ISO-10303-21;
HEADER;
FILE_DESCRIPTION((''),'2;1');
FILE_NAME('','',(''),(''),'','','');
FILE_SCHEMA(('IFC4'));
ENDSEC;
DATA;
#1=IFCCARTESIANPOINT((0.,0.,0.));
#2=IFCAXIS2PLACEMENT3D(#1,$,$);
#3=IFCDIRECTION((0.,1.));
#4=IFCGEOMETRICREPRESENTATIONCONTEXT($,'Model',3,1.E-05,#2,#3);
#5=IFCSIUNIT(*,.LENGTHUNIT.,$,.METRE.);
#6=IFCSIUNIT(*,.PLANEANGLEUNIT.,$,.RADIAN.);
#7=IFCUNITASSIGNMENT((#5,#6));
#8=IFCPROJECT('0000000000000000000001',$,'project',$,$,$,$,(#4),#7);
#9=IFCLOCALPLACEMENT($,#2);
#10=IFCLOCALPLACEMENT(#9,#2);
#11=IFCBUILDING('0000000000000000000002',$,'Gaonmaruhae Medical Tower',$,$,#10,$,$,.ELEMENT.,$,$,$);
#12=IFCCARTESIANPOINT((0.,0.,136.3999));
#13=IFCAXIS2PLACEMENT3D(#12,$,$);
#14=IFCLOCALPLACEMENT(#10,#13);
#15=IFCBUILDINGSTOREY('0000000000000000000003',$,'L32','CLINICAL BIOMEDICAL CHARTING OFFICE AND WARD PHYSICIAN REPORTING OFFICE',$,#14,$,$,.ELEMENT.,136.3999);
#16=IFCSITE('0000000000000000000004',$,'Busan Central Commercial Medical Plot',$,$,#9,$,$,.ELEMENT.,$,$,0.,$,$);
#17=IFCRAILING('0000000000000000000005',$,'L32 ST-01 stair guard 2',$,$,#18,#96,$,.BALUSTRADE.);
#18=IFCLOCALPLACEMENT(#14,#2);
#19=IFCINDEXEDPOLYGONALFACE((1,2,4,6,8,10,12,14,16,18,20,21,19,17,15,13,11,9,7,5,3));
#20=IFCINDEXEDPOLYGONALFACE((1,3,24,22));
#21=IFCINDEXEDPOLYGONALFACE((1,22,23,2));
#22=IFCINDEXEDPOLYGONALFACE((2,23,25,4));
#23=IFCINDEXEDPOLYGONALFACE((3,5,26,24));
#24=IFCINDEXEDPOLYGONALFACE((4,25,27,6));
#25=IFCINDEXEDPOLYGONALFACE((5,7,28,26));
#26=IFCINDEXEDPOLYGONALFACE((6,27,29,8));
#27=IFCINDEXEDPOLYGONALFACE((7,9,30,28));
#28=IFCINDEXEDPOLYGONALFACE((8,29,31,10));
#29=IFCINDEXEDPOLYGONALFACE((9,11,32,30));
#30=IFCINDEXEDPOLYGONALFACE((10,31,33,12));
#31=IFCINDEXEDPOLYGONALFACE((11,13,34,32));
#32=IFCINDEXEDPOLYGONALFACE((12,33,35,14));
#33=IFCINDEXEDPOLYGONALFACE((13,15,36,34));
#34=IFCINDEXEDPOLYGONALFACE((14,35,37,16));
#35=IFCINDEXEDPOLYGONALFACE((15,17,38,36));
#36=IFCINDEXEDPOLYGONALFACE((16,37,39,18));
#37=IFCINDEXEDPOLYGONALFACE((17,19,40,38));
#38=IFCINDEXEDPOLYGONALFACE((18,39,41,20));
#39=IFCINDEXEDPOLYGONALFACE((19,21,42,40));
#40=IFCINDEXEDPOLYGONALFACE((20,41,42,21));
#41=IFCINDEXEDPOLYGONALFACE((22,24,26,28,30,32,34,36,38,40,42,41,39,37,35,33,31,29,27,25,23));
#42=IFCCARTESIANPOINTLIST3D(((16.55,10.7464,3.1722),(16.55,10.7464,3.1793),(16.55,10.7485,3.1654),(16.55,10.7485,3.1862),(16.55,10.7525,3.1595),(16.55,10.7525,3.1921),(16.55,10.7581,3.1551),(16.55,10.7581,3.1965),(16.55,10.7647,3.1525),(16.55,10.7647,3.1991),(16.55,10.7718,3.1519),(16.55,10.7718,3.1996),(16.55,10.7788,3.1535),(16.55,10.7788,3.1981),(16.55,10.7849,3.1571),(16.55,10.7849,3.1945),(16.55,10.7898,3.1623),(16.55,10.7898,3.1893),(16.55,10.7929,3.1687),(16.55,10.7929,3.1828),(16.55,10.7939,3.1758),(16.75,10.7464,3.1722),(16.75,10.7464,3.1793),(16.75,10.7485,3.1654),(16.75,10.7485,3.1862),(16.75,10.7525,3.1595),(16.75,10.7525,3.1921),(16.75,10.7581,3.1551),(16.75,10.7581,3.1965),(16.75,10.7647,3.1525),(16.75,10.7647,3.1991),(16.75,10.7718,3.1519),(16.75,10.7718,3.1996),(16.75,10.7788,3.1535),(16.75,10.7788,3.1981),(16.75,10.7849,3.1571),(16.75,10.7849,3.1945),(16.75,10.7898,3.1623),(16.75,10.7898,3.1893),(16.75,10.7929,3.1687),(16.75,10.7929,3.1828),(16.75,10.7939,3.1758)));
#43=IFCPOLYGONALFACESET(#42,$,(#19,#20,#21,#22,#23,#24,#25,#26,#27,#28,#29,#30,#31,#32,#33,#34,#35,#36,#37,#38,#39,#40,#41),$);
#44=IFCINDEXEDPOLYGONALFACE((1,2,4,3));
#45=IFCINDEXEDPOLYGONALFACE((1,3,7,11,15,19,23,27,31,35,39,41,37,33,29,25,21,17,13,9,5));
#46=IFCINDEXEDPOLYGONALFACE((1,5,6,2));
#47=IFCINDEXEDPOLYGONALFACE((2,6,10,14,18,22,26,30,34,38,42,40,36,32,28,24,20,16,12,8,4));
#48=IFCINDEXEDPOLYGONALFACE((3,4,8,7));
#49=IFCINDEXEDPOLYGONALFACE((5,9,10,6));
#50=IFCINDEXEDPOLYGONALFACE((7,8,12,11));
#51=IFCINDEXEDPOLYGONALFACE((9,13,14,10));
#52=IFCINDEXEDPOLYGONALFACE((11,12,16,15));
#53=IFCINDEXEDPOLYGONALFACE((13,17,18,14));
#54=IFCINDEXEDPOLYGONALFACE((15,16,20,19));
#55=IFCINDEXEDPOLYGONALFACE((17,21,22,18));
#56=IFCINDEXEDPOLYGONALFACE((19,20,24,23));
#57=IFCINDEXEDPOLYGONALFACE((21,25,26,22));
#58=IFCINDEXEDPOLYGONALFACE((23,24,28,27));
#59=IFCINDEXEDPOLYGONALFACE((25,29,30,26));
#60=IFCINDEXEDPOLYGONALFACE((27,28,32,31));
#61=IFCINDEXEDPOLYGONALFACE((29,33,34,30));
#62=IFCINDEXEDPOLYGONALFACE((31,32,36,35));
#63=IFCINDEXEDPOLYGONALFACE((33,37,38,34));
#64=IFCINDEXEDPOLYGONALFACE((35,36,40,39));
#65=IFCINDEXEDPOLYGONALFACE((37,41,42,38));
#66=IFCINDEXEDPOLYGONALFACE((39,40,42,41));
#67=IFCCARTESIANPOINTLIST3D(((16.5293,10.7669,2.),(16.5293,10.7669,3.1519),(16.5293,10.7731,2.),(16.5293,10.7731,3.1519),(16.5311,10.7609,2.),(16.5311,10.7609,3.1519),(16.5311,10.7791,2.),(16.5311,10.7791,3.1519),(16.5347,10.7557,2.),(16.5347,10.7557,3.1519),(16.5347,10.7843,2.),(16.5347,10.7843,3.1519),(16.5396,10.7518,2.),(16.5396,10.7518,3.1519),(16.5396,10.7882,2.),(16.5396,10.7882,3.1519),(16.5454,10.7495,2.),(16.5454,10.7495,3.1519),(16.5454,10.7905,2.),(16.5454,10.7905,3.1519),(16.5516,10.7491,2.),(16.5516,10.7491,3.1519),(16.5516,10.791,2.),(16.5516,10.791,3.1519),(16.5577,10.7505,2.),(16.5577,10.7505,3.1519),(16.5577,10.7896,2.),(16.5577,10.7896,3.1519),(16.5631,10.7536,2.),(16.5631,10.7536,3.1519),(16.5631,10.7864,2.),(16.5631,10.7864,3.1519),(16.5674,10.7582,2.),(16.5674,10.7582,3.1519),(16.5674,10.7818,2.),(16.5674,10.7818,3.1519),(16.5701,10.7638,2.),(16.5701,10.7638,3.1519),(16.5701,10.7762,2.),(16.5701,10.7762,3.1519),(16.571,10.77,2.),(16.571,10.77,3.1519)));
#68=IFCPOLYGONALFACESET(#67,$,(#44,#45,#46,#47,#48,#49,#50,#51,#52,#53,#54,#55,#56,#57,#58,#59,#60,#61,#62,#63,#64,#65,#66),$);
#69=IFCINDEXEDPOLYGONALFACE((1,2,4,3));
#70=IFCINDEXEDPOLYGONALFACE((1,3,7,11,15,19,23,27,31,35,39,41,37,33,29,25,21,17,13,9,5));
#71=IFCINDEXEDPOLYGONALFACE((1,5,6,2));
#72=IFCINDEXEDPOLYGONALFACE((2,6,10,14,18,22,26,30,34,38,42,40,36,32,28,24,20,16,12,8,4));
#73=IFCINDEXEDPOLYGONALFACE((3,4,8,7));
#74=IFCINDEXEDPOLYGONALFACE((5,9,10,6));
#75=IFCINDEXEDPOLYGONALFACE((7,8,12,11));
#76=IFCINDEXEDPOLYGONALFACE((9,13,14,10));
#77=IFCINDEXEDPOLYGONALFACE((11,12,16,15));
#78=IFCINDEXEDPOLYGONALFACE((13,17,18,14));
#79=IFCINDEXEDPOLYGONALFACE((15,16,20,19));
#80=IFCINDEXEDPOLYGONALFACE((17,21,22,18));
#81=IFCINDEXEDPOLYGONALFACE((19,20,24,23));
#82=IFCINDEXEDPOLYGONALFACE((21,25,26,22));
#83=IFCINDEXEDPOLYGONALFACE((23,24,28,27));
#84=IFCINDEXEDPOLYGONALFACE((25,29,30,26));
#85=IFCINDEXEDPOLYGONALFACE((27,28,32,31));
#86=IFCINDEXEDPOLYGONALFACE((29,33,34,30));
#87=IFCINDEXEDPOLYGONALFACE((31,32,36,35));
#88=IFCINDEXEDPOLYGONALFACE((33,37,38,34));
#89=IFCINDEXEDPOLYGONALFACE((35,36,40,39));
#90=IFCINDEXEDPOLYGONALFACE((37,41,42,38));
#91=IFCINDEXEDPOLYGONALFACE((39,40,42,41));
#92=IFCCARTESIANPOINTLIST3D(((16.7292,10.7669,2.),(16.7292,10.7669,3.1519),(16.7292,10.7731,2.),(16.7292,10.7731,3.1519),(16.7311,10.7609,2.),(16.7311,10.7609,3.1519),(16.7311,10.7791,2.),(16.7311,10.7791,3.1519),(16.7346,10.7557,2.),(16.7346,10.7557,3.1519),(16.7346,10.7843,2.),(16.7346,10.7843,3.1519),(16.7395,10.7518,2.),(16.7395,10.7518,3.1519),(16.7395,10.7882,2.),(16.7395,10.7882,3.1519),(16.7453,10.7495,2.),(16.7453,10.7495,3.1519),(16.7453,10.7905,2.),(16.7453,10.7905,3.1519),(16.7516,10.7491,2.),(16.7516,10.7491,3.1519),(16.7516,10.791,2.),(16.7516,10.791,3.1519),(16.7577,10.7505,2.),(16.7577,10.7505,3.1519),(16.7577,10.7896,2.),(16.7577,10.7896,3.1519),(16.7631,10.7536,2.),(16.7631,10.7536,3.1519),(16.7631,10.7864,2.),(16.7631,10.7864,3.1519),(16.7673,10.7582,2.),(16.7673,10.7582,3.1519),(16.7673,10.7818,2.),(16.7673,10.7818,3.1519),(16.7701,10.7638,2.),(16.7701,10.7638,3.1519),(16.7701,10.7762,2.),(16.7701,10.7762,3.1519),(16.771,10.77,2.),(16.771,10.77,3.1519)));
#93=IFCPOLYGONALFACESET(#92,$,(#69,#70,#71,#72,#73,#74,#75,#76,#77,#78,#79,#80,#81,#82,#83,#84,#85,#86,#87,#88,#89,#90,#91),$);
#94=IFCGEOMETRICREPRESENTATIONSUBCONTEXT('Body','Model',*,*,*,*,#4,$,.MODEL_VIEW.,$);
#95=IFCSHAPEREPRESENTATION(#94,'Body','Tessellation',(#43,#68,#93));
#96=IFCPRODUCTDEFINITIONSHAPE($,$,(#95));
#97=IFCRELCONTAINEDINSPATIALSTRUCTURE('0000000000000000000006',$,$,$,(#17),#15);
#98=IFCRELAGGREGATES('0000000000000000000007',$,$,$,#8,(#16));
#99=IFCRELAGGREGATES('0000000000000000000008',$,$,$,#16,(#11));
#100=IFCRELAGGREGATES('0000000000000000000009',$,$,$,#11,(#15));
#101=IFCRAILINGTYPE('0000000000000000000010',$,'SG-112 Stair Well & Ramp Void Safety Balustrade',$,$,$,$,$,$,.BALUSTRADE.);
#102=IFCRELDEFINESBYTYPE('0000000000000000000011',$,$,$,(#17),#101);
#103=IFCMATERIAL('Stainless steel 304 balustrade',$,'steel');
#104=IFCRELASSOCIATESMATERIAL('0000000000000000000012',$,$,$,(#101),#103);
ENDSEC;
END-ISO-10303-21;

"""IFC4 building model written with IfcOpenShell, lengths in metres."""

from ifc_helpers import new_model, si_unit, direction, frame, origin, origin_2d, place, context, subcontext, project, spatial, circle, extrude, material, type_object, element, save


model = new_model("IFC4")

# Units and contexts
model_context = context("Model", 3, precision=1e-05, world=origin(), true_north=direction((0.0, 1.0)))
body_context = subcontext(model_context, "Body", "Model", "MODEL_VIEW")
ifc_project = project(units=[si_unit("LENGTHUNIT", "METRE"), si_unit("PLANEANGLEUNIT", "RADIAN")], contexts=[model_context])

# Site, building, storey
site_placement = place(None, origin())
site = spatial("IfcSite", under=ifc_project, at=site_placement, Name="Busan Central Commercial Medical Plot", CompositionType="ELEMENT", RefElevation=0.0)
building_placement = place(site_placement, origin())
building = spatial("IfcBuilding", under=site, at=building_placement, Name="Gaonmaruhae Medical Tower", CompositionType="ELEMENT")
storey_placement = place(building_placement, frame((0.0, 0.0, 136.3999)))
storey = spatial("IfcBuildingStorey", under=building, at=storey_placement, Name="L32", Description="CLINICAL BIOMEDICAL CHARTING OFFICE AND WARD PHYSICIAN REPORTING OFFICE", CompositionType="ELEMENT", Elevation=136.3999)

# Railing
ifc_material_1 = material(Name="Stainless steel 304 balustrade", Category="steel")
railing_type_1 = type_object("IfcRailingType", Name="SG-112 Stair Well & Ramp Void Safety Balustrade", PredefinedType="BALUSTRADE", material=ifc_material_1)
railing_1_placement = place(storey_placement, frame((16.55, 10.77, 2.0)))
element("IfcRailing", 1, at=railing_1_placement, inside=storey, type_object=railing_type_1, Name="L32 ST-01 stair guard 2", PredefinedType="BALUSTRADE", context=body_context, shape_type="SweptSolid", body=[
    extrude(circle(Radius=0.0239, at=origin_2d()), frame((0.0, 0.0, 1.1758), z_axis=(1.0, 0.0, 0.0), x_axis=(0.0, 1.0, 0.0)), (0.0, 0.0, 1.0), 0.2),
    extrude(circle(Radius=0.021, at=origin_2d()), origin(), (0.0, 0.0, 1.0), 1.1519),
    extrude(circle(Radius=0.021, at=origin_2d()), frame((0.2, 0.0, 0.0)), (0.0, 0.0, 1.0), 1.1519),
])

save(model, "model.ifc")
